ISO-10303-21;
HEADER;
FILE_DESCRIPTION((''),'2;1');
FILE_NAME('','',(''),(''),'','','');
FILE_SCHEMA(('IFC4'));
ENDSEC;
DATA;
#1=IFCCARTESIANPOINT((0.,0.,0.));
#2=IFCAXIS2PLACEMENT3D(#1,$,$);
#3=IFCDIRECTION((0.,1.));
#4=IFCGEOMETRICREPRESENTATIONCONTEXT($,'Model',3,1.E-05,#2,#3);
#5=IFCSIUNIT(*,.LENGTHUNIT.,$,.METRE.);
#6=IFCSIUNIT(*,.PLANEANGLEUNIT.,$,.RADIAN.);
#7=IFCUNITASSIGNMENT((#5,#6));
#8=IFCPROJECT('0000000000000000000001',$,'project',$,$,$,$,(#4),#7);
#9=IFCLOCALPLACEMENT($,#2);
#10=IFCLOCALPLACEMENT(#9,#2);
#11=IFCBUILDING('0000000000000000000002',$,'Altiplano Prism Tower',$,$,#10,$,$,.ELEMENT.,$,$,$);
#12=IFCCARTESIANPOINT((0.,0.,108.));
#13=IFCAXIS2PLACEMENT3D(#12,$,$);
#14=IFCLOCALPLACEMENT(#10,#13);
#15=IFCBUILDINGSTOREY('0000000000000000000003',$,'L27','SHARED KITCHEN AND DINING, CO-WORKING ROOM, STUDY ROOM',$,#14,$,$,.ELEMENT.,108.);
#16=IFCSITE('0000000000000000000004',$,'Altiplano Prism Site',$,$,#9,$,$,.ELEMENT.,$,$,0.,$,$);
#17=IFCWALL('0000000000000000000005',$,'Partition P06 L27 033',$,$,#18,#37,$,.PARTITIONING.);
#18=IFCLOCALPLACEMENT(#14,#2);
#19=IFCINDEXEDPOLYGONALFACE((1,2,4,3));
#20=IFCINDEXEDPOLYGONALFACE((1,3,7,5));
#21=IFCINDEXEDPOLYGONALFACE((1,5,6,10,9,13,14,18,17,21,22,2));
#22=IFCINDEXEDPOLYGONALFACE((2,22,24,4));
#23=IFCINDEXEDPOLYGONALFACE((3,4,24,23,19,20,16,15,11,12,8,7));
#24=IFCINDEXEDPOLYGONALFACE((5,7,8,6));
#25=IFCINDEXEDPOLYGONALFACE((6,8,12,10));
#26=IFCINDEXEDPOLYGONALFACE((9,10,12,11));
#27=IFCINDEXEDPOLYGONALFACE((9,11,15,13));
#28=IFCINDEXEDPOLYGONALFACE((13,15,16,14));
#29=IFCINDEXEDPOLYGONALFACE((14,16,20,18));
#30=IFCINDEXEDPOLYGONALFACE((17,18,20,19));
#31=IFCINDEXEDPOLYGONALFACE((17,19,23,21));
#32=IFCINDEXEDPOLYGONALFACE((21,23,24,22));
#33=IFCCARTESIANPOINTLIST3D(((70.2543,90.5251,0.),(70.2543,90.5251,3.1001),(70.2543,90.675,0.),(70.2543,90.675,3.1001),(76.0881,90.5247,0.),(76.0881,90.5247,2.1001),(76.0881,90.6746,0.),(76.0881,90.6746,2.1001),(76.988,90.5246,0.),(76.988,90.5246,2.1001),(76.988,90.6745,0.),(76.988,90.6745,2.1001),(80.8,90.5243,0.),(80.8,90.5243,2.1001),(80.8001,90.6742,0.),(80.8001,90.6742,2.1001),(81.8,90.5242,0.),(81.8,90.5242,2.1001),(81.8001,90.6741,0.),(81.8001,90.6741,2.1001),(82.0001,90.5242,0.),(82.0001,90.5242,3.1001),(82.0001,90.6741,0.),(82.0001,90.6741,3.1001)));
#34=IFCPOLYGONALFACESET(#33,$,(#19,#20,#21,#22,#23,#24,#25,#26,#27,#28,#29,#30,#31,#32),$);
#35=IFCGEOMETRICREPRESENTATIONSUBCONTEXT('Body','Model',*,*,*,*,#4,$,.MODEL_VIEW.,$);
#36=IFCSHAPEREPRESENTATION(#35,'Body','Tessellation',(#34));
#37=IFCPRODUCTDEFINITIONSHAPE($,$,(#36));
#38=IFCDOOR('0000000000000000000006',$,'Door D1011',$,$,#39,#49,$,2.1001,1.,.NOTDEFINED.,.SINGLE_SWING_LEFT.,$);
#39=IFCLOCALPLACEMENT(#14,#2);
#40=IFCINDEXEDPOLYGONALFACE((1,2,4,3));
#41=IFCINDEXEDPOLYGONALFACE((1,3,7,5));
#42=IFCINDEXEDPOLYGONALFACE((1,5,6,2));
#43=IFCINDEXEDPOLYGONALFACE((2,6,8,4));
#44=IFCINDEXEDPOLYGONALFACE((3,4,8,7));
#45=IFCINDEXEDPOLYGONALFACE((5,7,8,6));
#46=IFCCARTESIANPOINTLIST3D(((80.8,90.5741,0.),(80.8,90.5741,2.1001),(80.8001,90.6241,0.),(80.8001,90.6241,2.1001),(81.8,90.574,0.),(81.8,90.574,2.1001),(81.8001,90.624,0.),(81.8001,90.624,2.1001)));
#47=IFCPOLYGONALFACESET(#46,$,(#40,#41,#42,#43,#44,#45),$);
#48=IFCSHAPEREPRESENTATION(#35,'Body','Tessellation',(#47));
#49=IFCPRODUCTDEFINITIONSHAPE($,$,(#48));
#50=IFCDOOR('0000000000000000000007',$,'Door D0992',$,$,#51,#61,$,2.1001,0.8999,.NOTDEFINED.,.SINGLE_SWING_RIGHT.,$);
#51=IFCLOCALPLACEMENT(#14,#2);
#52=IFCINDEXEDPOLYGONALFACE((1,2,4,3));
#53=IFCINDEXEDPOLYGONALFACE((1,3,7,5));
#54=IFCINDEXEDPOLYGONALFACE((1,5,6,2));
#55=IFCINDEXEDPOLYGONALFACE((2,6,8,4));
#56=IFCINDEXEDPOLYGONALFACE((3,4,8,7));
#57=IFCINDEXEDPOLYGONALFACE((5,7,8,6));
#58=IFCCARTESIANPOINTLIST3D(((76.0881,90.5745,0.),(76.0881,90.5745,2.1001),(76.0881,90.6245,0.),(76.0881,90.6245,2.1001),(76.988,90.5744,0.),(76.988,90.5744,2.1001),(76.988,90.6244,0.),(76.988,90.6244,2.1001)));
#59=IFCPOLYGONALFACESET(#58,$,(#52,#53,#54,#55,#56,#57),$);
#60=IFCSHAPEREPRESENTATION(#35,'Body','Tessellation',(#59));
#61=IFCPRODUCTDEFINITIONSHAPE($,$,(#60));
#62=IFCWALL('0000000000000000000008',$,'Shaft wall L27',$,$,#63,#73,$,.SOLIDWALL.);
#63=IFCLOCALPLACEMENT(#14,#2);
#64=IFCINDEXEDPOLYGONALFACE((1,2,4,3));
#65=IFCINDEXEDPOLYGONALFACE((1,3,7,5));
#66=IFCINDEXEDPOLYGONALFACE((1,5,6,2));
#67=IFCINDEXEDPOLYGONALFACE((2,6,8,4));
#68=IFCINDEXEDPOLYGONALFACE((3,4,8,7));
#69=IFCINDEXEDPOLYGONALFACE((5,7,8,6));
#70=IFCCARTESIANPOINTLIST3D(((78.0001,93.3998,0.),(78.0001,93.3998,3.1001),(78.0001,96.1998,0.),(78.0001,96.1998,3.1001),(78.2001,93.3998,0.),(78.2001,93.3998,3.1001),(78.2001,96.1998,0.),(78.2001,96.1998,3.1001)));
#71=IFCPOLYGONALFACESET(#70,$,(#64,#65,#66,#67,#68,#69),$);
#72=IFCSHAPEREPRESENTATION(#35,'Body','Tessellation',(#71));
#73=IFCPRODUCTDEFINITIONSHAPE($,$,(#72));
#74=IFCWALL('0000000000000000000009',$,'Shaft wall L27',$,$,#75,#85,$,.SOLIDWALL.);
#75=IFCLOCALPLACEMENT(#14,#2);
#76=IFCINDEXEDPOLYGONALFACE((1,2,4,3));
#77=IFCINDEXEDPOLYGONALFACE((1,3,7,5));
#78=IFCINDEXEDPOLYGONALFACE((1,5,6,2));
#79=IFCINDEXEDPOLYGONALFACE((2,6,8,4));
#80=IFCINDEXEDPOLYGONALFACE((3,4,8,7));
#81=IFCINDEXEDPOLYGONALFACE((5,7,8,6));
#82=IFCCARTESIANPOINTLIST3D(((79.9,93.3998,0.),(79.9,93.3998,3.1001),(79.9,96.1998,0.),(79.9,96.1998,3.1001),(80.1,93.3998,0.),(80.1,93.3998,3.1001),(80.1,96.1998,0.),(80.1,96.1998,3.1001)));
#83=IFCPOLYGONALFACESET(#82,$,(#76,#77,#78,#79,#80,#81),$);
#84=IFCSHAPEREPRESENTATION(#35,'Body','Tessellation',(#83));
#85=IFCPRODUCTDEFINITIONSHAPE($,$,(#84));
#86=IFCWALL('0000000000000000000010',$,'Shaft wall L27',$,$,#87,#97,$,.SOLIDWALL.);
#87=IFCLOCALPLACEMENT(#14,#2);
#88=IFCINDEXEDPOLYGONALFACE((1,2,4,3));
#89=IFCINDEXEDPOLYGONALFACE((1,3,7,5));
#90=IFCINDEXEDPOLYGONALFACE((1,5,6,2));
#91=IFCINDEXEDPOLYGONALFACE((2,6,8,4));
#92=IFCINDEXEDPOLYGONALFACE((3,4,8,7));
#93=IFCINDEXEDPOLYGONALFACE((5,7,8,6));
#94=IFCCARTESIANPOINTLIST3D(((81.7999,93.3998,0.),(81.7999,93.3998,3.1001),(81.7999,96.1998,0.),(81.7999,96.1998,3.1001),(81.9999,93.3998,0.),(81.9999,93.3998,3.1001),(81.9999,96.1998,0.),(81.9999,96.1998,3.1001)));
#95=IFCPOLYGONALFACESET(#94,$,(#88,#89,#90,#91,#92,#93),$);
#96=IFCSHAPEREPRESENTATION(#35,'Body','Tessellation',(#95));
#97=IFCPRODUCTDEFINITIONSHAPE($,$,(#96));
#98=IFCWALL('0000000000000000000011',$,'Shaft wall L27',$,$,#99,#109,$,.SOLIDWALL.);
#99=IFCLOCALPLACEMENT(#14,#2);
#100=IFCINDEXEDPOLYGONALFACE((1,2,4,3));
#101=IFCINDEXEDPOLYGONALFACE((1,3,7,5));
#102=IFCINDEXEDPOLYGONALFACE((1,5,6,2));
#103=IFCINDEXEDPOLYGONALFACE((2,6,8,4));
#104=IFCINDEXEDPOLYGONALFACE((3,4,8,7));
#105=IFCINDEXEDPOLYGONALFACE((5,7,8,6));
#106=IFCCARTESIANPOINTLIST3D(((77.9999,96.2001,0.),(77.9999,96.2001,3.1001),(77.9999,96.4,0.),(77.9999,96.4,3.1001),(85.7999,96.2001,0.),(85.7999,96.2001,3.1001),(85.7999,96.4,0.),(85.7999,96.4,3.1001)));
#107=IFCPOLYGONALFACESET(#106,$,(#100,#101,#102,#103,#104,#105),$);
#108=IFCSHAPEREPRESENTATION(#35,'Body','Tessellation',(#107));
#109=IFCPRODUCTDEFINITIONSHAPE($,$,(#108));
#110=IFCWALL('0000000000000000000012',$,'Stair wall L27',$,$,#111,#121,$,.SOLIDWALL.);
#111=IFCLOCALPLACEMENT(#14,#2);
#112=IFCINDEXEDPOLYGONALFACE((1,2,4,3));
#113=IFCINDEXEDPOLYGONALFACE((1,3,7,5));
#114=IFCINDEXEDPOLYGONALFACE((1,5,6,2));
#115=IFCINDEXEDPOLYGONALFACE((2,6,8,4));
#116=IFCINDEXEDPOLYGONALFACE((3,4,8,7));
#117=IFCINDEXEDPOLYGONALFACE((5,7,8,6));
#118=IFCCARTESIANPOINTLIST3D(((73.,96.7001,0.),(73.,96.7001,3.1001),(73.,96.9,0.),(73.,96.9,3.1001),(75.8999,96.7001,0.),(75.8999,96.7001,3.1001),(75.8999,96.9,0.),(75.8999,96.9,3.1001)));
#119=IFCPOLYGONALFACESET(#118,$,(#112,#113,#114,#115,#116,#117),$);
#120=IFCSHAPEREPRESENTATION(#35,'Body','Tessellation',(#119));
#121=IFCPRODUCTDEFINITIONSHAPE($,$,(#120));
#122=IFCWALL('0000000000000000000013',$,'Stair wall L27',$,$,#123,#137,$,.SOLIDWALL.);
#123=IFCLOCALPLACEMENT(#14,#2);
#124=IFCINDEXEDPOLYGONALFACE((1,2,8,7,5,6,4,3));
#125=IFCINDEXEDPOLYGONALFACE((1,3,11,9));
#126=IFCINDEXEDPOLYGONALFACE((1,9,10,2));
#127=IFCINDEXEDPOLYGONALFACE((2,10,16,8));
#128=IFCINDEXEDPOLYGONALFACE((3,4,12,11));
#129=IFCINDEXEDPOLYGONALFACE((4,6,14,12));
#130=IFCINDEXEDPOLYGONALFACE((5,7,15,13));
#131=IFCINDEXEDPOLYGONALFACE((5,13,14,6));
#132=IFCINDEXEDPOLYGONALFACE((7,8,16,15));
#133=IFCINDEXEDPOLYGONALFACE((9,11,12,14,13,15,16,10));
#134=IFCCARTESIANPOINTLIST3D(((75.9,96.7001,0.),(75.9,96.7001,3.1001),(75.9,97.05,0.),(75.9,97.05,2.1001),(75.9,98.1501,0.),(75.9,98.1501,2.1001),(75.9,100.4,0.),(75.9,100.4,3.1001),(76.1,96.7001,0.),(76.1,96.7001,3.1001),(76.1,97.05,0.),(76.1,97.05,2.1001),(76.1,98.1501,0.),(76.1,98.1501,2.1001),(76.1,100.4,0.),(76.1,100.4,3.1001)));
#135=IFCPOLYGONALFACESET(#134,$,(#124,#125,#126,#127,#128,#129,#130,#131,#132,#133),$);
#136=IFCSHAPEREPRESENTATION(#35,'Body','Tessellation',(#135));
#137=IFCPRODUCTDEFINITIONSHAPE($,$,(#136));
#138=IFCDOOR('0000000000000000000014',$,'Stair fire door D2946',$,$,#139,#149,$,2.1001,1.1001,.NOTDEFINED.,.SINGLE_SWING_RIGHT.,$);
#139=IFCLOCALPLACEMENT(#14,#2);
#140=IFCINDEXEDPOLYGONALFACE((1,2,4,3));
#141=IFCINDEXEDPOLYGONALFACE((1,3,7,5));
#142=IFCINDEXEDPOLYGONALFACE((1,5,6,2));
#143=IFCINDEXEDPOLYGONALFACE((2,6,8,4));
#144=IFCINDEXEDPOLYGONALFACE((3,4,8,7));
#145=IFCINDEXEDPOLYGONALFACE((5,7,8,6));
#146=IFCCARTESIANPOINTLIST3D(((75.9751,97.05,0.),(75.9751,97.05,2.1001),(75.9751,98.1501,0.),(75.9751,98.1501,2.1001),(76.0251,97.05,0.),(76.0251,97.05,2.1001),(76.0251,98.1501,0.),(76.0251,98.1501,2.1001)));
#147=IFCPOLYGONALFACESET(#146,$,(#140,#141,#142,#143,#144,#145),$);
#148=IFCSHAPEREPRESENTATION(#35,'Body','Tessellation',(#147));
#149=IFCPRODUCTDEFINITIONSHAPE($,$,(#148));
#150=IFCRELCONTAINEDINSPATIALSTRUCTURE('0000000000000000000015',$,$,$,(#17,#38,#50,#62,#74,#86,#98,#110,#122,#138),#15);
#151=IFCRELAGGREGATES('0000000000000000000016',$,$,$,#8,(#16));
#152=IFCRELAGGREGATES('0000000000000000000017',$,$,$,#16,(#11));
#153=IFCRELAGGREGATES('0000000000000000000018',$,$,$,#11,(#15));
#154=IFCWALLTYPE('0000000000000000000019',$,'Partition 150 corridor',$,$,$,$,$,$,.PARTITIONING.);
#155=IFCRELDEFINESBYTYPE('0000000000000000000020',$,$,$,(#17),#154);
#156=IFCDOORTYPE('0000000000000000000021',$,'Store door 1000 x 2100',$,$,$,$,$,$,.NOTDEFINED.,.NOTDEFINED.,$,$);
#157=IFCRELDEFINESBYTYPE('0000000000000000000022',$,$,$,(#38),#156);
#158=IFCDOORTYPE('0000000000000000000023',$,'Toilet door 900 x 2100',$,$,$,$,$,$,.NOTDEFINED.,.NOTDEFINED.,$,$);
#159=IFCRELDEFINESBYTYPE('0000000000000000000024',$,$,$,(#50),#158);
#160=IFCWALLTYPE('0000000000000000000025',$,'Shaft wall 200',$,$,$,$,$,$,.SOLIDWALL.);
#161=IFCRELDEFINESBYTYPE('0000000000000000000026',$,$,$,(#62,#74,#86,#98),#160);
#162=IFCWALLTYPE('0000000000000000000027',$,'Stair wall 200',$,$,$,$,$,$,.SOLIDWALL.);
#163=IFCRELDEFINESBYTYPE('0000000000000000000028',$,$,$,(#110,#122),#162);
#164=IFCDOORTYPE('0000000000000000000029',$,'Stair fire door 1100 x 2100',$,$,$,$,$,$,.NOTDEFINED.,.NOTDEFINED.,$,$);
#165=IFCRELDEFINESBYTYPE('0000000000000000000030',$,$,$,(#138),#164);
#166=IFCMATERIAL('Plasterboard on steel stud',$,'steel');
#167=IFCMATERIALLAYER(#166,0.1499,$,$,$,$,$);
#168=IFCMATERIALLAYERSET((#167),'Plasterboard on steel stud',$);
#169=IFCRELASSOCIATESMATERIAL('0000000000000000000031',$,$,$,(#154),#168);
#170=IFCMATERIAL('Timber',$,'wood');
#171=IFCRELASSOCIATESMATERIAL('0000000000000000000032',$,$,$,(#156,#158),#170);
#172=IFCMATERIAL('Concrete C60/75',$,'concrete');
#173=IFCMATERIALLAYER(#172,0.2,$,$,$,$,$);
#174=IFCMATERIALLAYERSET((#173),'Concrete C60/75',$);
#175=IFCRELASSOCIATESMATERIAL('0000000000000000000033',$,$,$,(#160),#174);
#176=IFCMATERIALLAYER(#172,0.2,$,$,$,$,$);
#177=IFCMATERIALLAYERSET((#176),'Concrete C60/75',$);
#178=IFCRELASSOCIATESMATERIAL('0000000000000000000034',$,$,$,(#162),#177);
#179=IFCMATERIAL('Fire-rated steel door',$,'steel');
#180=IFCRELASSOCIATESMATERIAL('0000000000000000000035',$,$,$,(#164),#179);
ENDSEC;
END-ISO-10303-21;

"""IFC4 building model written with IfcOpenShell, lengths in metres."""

from ifc_helpers import new_model, si_unit, direction, frame, frame_2d, origin, place, context, subcontext, project, spatial, rectangle, extrude, material, layer, layer_set, type_object, element, fill, save


model = new_model("IFC4")

# Units and contexts
model_context = context("Model", 3, precision=1e-05, world=origin(), true_north=direction((0.0, 1.0)))
body_context = subcontext(model_context, "Body", "Model", "MODEL_VIEW")
ifc_project = project(units=[si_unit("LENGTHUNIT", "METRE"), si_unit("PLANEANGLEUNIT", "RADIAN")], contexts=[model_context])

# Site, building, storey
site_placement = place(None, origin())
site = spatial("IfcSite", under=ifc_project, at=site_placement, Name="Altiplano Prism Site", CompositionType="ELEMENT", RefElevation=0.0)
building_placement = place(site_placement, origin())
building = spatial("IfcBuilding", under=site, at=building_placement, Name="Altiplano Prism Tower", CompositionType="ELEMENT")
storey_placement = place(building_placement, frame((0.0, 0.0, 108.0)))
storey = spatial("IfcBuildingStorey", under=building, at=storey_placement, Name="L27", Description="SHARED KITCHEN AND DINING, CO-WORKING ROOM, STUDY ROOM", CompositionType="ELEMENT", Elevation=108.0)

# Shared definitions
ifc_material_1 = material(Name="Fire-rated steel door", Category="steel")

# Shared definitions
ifc_material_2 = material(Name="Plasterboard on steel stud", Category="steel")
ifc_layer_1 = layer(ifc_material_2, 0.1499)
ifc_layer_set_1 = layer_set([ifc_layer_1], Name="Plasterboard on steel stud")
wall_type_1 = type_object("IfcWallType", Name="Partition 150 corridor", PredefinedType="PARTITIONING", material=ifc_layer_set_1)

# Wall, openings, doors
wall_1_placement = place(storey_placement, frame((70.2542, 90.6001, 0.0), z_axis=(0.0, 0.0, 1.0), x_axis=(1.0, -0.000083, 0.0)))
wall_1 = element("IfcWall", 1, at=wall_1_placement, inside=storey, type_object=wall_type_1, Name="Partition P06 L27 033", PredefinedType="PARTITIONING", context=body_context, shape_type="SweptSolid", body=[
    extrude(rectangle(XDim=11.7458, YDim=0.1499, at=frame_2d((5.873, 0.0))), origin(), (0.0, 0.0, 1.0), 3.1001),
])
opening_1_placement = place(wall_1_placement, frame((5.834, 0.0, 0.0)))
opening_1 = element("IfcOpeningElement", 2, at=opening_1_placement, cuts=wall_1, PredefinedType="OPENING", context=body_context, shape_type="SweptSolid", body=[
    extrude(rectangle(XDim=0.8999, YDim=2.1001, at=frame_2d((0.45, 1.05))), frame((0.0, 0.0854, 0.0), z_axis=(0.0, -1.0, 0.0), x_axis=(1.0, 0.0, 0.0)), (0.0, 0.0, 1.0), 0.1709),
])
opening_2_placement = place(wall_1_placement, frame((10.5459, 0.0, 0.0)))
opening_2 = element("IfcOpeningElement", 3, at=opening_2_placement, cuts=wall_1, PredefinedType="OPENING", context=body_context, shape_type="SweptSolid", body=[
    extrude(rectangle(XDim=1.0, YDim=2.1001, at=frame_2d((0.5, 1.05))), frame((0.0, 0.0854, 0.0), z_axis=(0.0, -1.0, 0.0), x_axis=(1.0, 0.0, 0.0)), (0.0, 0.0, 1.0), 0.1709),
])
ifc_material_3 = material(Name="Timber", Category="wood")
door_type_1 = type_object("IfcDoorType", Name="Store door 1000 x 2100", OperationType="NOTDEFINED", PredefinedType="NOTDEFINED", material=ifc_material_3)
door_1_placement = place(opening_2_placement, origin())
door_1 = element("IfcDoor", 4, at=door_1_placement, inside=storey, type_object=door_type_1, Name="Door D1011", OperationType="SINGLE_SWING_LEFT", OverallHeight=2.1001, OverallWidth=1.0, PredefinedType="NOTDEFINED", context=body_context, shape_type="SweptSolid", body=[
    extrude(rectangle(XDim=1.0, YDim=2.1001, at=frame_2d((0.5, 1.05))), frame((0.0, 0.0249, 0.0), z_axis=(0.0, -1.0, 0.0), x_axis=(1.0, 0.0, 0.0)), (0.0, 0.0, 1.0), 0.05),
])
fill(opening_2, door_1)
door_type_2 = type_object("IfcDoorType", Name="Toilet door 900 x 2100", OperationType="NOTDEFINED", PredefinedType="NOTDEFINED", material=ifc_material_3)
door_2_placement = place(opening_1_placement, origin())
door_2 = element("IfcDoor", 5, at=door_2_placement, inside=storey, type_object=door_type_2, Name="Door D0992", OperationType="SINGLE_SWING_RIGHT", OverallHeight=2.1001, OverallWidth=0.8999, PredefinedType="NOTDEFINED", context=body_context, shape_type="SweptSolid", body=[
    extrude(rectangle(XDim=0.8999, YDim=2.1001, at=frame_2d((0.45, 1.05))), frame((0.0, 0.0249, 0.0), z_axis=(0.0, -1.0, 0.0), x_axis=(1.0, 0.0, 0.0)), (0.0, 0.0, 1.0), 0.05),
])
fill(opening_1, door_2)

# Walls
ifc_material_4 = material(Name="Concrete C60/75", Category="concrete")
ifc_layer_2 = layer(ifc_material_4, 0.2)
ifc_layer_set_2 = layer_set([ifc_layer_2], Name="Concrete C60/75")
wall_type_2 = type_object("IfcWallType", Name="Shaft wall 200", PredefinedType="SOLIDWALL", material=ifc_layer_set_2)
for number, where, z_axis, x_axis, name in (
    (6, (78.1001, 93.3999, 0.0), (0.0, 0.0, 1.0), (0.0, 1.0, 0.0), "Shaft wall L27"),
    (7, (80.0, 93.3999, 0.0), (0.0, 0.0, 1.0), (0.0, 1.0, 0.0), "Shaft wall L27"),
    (8, (81.8999, 93.3999, 0.0), (0.0, 0.0, 1.0), (0.0, 1.0, 0.0), "Shaft wall L27"),
):
    element("IfcWall", number, at=place(storey_placement, frame(where, z_axis=z_axis, x_axis=x_axis)), inside=storey, type_object=wall_type_2, Name=name, PredefinedType="SOLIDWALL", context=body_context, shape_type="SweptSolid", body=[
        extrude(rectangle(XDim=2.8, YDim=0.2, at=frame_2d((1.3999, 0.0))), origin(), (0.0, 0.0, 1.0), 3.1001),
    ])
wall_2_placement = place(storey_placement, frame((78.0, 96.3, 0.0), z_axis=(0.0, 0.0, 1.0), x_axis=(1.0, 0.0, 0.0)))
element("IfcWall", 9, at=wall_2_placement, inside=storey, type_object=wall_type_2, Name="Shaft wall L27", PredefinedType="SOLIDWALL", context=body_context, shape_type="SweptSolid", body=[
    extrude(rectangle(XDim=7.8, YDim=0.2, at=frame_2d((3.8999, 0.0))), origin(), (0.0, 0.0, 1.0), 3.1001),
])
ifc_layer_3 = layer(ifc_material_4, 0.2)
ifc_layer_set_3 = layer_set([ifc_layer_3], Name="Concrete C60/75")
wall_type_3 = type_object("IfcWallType", Name="Stair wall 200", PredefinedType="SOLIDWALL", material=ifc_layer_set_3)
wall_3_placement = place(storey_placement, frame((73.0, 96.8, 0.0), z_axis=(0.0, 0.0, 1.0), x_axis=(1.0, 0.0, 0.0)))
element("IfcWall", 10, at=wall_3_placement, inside=storey, type_object=wall_type_3, Name="Stair wall L27", PredefinedType="SOLIDWALL", context=body_context, shape_type="SweptSolid", body=[
    extrude(rectangle(XDim=2.8999, YDim=0.2, at=frame_2d((1.45, 0.0))), origin(), (0.0, 0.0, 1.0), 3.1001),
])

# Wall, opening, door
wall_4_placement = place(storey_placement, frame((76.0, 96.7, 0.0), z_axis=(0.0, 0.0, 1.0), x_axis=(0.0, 1.0, 0.0)))
wall_4 = element("IfcWall", 11, at=wall_4_placement, inside=storey, type_object=wall_type_3, Name="Stair wall L27", PredefinedType="SOLIDWALL", context=body_context, shape_type="SweptSolid", body=[
    extrude(rectangle(XDim=3.7, YDim=0.2, at=frame_2d((1.8501, 0.0))), origin(), (0.0, 0.0, 1.0), 3.1001),
])
opening_3_placement = place(wall_4_placement, frame((0.3501, 0.0, 0.0)))
opening_3 = element("IfcOpeningElement", 12, at=opening_3_placement, cuts=wall_4, PredefinedType="OPENING", context=body_context, shape_type="SweptSolid", body=[
    extrude(rectangle(XDim=1.1001, YDim=2.1001, at=frame_2d((0.55, 1.05))), frame((0.0, 0.1104, 0.0), z_axis=(0.0, -1.0, 0.0), x_axis=(1.0, 0.0, 0.0)), (0.0, 0.0, 1.0), 0.2209),
])
door_type_3 = type_object("IfcDoorType", Name="Stair fire door 1100 x 2100", OperationType="NOTDEFINED", PredefinedType="NOTDEFINED", material=ifc_material_1)
door_3_placement = place(opening_3_placement, origin())
door_3 = element("IfcDoor", 13, at=door_3_placement, inside=storey, type_object=door_type_3, Name="Stair fire door D2946", OperationType="SINGLE_SWING_RIGHT", OverallHeight=2.1001, OverallWidth=1.1001, PredefinedType="NOTDEFINED", context=body_context, shape_type="SweptSolid", body=[
    extrude(rectangle(XDim=1.1001, YDim=2.1001, at=frame_2d((0.55, 1.05))), frame((0.0, 0.0249, 0.0), z_axis=(0.0, -1.0, 0.0), x_axis=(1.0, 0.0, 0.0)), (0.0, 0.0, 1.0), 0.05),
])
fill(opening_3, door_3)

save(model, "model.ifc")
